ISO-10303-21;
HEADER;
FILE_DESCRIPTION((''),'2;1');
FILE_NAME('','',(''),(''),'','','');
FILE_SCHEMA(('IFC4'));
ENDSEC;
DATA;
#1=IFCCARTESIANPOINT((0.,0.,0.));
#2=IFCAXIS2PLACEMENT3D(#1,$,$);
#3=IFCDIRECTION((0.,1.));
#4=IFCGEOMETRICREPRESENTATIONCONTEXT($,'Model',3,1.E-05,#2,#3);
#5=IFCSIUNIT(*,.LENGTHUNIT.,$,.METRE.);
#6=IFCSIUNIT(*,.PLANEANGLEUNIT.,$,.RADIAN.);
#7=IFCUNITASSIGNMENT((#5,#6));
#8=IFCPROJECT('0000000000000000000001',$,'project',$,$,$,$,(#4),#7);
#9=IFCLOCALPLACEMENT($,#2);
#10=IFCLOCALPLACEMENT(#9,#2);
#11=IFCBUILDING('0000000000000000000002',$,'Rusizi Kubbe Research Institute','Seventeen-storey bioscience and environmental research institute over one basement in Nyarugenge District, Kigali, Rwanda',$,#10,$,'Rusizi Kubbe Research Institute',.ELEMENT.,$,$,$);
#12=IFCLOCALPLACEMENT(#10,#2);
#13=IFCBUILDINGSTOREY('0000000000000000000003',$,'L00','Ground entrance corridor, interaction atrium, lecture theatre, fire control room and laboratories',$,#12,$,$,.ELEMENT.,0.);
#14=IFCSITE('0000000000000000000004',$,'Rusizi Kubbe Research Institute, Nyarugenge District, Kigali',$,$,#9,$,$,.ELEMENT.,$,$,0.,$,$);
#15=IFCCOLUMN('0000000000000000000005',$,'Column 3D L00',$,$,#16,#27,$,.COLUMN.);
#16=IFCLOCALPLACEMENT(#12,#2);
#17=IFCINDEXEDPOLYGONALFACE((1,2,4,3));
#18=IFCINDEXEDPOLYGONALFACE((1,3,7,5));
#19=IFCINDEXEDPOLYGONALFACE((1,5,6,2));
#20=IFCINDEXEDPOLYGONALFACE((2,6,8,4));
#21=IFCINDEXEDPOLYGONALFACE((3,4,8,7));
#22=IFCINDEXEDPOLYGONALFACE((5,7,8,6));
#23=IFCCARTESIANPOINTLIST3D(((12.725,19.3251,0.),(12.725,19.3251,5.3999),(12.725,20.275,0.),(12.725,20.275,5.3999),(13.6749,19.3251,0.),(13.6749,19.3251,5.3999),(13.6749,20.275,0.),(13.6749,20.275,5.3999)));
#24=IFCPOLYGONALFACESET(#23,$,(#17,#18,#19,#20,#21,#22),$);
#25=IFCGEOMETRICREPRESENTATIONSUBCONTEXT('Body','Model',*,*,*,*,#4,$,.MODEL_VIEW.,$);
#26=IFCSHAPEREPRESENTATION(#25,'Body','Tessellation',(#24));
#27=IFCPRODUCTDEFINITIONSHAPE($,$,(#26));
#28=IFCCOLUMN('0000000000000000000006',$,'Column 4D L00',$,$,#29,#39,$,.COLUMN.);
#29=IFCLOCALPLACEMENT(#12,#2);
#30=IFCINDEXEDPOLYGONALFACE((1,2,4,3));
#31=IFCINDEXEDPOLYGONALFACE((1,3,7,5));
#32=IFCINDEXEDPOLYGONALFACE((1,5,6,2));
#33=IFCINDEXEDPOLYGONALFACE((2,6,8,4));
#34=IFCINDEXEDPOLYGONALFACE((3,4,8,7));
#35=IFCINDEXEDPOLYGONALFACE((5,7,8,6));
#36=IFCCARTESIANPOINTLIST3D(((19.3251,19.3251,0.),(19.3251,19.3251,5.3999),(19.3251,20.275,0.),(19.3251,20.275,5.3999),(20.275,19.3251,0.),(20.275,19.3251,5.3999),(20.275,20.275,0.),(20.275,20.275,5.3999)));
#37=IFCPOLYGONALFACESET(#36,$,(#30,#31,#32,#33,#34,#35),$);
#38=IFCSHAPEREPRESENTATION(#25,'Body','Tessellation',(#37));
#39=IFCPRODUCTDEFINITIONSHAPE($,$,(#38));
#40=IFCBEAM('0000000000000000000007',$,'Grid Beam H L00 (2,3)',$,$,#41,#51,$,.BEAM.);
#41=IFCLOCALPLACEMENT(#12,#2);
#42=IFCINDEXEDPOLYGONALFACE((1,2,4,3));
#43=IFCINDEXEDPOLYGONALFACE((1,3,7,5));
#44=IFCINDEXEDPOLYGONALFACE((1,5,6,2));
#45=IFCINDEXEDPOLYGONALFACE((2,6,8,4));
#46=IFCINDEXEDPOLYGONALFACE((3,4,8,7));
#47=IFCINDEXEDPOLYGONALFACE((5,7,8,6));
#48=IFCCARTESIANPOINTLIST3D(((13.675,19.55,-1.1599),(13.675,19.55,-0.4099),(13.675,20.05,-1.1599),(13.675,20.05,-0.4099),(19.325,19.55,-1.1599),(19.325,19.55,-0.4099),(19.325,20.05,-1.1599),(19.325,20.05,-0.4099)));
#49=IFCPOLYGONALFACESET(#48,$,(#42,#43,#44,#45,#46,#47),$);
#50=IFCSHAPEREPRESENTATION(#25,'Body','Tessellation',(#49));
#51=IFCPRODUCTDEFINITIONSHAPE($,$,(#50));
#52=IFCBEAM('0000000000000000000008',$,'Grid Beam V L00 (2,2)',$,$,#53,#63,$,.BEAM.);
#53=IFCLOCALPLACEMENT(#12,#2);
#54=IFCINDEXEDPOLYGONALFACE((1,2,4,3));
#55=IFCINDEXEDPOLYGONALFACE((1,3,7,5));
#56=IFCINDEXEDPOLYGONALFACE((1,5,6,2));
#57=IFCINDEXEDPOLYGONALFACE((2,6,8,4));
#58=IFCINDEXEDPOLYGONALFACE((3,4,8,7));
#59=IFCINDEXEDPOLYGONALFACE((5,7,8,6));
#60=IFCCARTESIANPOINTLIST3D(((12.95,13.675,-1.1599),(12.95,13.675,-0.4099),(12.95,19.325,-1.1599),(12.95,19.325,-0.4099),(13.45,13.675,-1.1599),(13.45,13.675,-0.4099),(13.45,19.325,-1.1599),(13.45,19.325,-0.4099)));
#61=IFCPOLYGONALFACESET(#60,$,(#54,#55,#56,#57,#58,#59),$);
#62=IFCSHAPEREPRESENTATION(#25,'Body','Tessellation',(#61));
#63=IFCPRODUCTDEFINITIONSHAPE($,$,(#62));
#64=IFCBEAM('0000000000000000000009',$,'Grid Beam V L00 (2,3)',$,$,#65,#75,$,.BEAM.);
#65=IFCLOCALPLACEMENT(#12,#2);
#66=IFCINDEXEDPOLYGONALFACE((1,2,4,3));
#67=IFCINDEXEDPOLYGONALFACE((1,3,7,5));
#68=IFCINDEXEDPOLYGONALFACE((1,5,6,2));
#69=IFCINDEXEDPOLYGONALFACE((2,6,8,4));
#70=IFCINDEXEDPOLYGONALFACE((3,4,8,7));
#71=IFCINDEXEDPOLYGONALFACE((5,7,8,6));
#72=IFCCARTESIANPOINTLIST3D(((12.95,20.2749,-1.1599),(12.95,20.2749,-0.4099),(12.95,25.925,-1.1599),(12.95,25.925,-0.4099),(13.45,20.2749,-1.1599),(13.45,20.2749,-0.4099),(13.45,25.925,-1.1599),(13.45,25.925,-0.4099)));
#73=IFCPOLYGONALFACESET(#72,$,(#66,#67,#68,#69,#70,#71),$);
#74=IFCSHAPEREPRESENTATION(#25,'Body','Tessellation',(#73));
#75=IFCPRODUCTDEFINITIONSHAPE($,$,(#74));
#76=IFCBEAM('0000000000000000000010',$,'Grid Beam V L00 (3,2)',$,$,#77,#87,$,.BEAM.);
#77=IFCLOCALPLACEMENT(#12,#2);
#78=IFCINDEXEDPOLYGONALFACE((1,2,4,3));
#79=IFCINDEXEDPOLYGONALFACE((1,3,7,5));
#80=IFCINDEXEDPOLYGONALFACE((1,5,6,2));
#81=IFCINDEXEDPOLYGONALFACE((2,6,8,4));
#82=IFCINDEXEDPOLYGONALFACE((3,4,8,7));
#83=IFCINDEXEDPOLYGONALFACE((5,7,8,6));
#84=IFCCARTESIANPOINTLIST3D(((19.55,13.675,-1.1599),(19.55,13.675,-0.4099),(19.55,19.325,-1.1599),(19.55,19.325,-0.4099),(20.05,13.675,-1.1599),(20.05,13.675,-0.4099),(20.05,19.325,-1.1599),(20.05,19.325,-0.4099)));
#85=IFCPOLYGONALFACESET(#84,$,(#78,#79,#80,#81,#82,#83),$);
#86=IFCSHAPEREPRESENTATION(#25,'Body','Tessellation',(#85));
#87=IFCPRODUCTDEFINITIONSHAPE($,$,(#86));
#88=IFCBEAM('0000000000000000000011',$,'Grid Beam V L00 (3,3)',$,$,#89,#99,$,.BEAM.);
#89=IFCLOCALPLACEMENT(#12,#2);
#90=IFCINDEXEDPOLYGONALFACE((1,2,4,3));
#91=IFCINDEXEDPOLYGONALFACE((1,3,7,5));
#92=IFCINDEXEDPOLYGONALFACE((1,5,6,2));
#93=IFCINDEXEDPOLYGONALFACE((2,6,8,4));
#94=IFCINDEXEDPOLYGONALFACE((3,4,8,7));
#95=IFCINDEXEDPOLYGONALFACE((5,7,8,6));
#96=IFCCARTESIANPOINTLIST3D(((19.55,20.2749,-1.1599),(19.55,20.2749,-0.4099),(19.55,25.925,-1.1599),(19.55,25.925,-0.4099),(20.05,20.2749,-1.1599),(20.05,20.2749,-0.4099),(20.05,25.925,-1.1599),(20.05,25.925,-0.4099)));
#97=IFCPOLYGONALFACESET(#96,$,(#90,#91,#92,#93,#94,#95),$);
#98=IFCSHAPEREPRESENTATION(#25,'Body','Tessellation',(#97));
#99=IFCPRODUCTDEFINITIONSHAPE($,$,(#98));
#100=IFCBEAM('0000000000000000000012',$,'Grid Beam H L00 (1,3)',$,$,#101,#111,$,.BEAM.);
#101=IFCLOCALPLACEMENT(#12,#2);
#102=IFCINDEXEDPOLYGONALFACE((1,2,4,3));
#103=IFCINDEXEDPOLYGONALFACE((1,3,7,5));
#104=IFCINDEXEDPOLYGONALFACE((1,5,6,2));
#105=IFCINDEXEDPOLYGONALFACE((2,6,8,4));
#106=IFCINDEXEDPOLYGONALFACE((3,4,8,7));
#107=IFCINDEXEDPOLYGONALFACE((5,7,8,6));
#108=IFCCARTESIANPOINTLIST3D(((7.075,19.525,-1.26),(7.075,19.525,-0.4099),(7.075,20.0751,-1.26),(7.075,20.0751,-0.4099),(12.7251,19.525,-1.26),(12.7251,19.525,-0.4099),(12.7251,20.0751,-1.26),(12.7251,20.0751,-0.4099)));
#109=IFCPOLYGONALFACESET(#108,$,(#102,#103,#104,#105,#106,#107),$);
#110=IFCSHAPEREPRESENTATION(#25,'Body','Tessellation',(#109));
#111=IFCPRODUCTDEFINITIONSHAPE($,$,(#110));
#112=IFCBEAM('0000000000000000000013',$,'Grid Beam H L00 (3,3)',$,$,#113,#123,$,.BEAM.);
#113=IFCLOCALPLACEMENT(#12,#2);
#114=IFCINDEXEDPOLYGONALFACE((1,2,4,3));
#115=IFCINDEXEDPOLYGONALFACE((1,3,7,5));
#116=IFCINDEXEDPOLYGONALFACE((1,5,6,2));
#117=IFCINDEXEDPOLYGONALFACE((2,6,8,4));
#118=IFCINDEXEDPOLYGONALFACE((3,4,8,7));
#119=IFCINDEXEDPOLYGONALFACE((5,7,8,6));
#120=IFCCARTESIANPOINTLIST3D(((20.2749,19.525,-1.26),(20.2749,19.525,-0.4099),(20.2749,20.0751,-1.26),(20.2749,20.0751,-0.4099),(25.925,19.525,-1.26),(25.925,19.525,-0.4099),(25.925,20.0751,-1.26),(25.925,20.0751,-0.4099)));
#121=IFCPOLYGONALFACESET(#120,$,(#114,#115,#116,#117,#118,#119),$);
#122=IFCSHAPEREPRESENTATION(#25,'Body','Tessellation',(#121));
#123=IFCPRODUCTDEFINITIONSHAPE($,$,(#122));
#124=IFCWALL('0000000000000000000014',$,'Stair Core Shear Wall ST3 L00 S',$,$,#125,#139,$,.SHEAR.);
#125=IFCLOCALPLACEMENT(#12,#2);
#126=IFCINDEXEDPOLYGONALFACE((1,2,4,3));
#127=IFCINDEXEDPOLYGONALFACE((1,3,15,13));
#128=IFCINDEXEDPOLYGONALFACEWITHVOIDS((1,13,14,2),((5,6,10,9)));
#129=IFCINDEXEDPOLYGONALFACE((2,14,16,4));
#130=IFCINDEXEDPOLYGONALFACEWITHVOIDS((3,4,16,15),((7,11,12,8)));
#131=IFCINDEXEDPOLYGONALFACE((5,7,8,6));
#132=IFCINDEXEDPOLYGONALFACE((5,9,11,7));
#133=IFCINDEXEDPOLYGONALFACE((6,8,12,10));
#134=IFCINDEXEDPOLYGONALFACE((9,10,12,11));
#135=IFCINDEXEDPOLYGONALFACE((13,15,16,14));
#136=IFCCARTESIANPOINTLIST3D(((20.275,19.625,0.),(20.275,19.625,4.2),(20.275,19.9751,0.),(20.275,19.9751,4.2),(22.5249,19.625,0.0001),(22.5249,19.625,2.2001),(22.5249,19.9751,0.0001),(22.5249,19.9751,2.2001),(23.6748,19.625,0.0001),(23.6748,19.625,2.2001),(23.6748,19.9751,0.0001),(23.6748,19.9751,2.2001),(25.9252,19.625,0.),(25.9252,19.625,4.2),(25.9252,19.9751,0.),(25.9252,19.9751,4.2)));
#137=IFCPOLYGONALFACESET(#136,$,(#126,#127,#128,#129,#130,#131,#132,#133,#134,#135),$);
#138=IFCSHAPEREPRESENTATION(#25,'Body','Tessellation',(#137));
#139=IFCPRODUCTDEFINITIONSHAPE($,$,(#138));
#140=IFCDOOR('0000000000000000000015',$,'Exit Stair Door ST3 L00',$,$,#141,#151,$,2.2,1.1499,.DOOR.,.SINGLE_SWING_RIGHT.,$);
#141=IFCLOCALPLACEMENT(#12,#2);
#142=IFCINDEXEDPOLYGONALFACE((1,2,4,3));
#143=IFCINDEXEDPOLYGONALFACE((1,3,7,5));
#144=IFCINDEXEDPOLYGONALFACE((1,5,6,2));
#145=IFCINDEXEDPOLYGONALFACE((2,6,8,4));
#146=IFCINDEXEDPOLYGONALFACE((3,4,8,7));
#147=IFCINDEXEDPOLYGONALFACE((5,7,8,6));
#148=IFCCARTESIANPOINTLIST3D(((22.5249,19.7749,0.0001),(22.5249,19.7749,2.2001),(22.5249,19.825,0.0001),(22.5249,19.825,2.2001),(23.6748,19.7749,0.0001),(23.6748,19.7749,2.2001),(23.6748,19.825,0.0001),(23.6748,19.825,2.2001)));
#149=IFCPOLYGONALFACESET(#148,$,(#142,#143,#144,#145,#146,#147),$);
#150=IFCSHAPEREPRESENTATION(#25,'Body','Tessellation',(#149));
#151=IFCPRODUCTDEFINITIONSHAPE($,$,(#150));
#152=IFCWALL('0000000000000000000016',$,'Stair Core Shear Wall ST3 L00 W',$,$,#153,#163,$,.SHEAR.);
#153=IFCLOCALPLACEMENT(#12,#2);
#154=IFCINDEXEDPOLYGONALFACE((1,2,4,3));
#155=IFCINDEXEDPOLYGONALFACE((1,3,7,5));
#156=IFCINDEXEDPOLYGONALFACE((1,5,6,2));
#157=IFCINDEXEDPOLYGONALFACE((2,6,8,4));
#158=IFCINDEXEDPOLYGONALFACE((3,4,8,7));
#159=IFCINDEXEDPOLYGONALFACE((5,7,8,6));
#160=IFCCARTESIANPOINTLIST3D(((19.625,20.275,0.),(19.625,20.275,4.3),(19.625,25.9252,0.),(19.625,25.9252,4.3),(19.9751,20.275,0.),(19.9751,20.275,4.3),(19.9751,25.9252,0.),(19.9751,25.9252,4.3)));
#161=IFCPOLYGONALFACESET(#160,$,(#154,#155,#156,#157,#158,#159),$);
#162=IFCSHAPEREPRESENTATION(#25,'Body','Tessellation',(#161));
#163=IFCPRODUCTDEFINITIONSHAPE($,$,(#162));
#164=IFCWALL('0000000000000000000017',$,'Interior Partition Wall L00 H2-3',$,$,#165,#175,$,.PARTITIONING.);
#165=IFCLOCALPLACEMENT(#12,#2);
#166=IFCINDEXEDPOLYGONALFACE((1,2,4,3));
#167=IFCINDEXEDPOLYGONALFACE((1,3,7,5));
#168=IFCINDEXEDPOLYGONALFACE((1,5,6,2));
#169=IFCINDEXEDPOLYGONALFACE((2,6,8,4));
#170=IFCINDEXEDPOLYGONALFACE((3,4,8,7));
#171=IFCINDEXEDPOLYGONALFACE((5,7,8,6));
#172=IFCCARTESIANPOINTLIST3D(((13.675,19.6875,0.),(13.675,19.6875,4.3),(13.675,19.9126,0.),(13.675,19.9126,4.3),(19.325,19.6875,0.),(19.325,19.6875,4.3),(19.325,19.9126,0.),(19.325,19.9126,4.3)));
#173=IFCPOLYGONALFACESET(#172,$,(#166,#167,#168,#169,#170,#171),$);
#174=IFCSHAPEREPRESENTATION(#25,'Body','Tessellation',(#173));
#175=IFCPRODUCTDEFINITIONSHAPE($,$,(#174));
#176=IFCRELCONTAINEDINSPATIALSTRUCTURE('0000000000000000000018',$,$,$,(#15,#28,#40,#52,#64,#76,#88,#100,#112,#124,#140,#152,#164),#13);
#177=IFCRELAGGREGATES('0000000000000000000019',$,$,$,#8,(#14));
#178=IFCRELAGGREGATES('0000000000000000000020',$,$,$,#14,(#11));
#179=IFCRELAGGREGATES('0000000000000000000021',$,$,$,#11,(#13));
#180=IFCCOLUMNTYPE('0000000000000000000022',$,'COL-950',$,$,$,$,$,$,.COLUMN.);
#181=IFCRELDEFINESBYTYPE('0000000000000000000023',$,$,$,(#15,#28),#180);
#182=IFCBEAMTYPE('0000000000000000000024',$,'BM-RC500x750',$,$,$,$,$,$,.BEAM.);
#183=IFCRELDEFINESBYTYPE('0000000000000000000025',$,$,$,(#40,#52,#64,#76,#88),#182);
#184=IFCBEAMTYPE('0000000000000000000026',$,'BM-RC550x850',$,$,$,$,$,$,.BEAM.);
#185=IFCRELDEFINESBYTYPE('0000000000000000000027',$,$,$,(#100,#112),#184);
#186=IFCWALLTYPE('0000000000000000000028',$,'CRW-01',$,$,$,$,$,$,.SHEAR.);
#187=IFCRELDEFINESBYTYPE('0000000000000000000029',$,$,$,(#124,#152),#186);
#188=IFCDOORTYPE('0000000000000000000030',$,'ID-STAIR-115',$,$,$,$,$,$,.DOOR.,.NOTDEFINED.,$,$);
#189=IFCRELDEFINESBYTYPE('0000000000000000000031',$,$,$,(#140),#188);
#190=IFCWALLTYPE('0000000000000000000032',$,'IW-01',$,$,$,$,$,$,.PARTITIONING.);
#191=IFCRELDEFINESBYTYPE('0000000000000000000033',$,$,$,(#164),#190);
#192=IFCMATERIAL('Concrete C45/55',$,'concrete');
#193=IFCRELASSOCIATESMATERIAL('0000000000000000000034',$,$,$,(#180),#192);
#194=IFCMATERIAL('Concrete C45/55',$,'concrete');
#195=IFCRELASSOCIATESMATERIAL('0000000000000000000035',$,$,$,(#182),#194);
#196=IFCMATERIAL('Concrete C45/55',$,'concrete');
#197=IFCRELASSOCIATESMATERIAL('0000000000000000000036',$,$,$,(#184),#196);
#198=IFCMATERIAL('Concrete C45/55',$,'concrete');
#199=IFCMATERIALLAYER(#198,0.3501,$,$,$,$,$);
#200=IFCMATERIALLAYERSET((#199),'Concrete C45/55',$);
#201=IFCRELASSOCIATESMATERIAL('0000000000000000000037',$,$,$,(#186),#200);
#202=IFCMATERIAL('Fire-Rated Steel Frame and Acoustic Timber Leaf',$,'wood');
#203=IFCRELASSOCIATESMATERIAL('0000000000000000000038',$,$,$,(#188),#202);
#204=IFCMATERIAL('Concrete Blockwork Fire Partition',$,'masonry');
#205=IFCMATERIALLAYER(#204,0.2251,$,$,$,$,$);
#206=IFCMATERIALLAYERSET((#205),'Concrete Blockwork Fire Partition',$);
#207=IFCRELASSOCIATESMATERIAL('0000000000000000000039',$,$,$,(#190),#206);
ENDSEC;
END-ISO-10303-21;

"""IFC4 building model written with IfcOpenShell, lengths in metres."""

from ifc_helpers import new_model, si_unit, direction, frame, frame_2d, origin, origin_2d, place, context, subcontext, project, spatial, rectangle, extrude, material, layer, layer_set, material_profile, profile_set, type_object, element, fill, save


model = new_model("IFC4")

# Units and contexts
model_context = context("Model", 3, precision=1e-05, world=origin(), true_north=direction((0.0, 1.0)))
body_context = subcontext(model_context, "Body", "Model", "MODEL_VIEW")
ifc_project = project(units=[si_unit("LENGTHUNIT", "METRE"), si_unit("PLANEANGLEUNIT", "RADIAN")], contexts=[model_context])

# Site, building, storey
site_placement = place(None, origin())
site = spatial("IfcSite", under=ifc_project, at=site_placement, Name="Rusizi Kubbe Research Institute, Nyarugenge District, Kigali", CompositionType="ELEMENT", RefElevation=0.0)
building_placement = place(site_placement, origin())
building = spatial("IfcBuilding", under=site, at=building_placement, Name="Rusizi Kubbe Research Institute", Description="Seventeen-storey bioscience and environmental research institute over one basement in Nyarugenge District, Kigali, Rwanda", LongName="Rusizi Kubbe Research Institute", CompositionType="ELEMENT")
storey_placement = place(building_placement, origin())
storey = spatial("IfcBuildingStorey", under=building, at=storey_placement, Name="L00", Description="Ground entrance corridor, interaction atrium, lecture theatre, fire control room and laboratories", CompositionType="ELEMENT", Elevation=0.0)

# Columns
ifc_material_1 = material(Name="Concrete C45/55", Category="concrete")
ifc_material_profile_1 = material_profile(ifc_material_1, rectangle(XDim=0.95, YDim=0.95, at=origin_2d()), Name="RC950x950")
ifc_profile_set_1 = profile_set([ifc_material_profile_1], Name="Concrete C45/55")
column_type = type_object("IfcColumnType", Name="COL-950", PredefinedType="COLUMN", material=ifc_profile_set_1)
for number, where, z_axis, x_axis, name in (
    (1, (13.2, 19.8, 0.0), (0.0, 0.0, 1.0), (1.0, 0.0, 0.0), "Column 3D L00"),
    (2, (19.8, 19.8, 0.0), (0.0, 0.0, 1.0), (1.0, 0.0, 0.0), "Column 4D L00"),
):
    element("IfcColumn", number, at=place(storey_placement, frame(where, z_axis=z_axis, x_axis=x_axis)), inside=storey, type_object=column_type, Name=name, PredefinedType="COLUMN", context=body_context, shape_type="SweptSolid", body=[
        extrude(rectangle(XDim=0.95, YDim=0.95, at=origin_2d()), origin(), (0.0, 0.0, 1.0), 5.3999),
    ])

# Beams
ifc_material_2 = material(Name="Concrete C45/55", Category="concrete")
ifc_material_profile_2 = material_profile(ifc_material_2, rectangle(XDim=0.5, YDim=0.75, at=origin_2d()), Name="RC500x750B")
ifc_profile_set_2 = profile_set([ifc_material_profile_2], Name="Concrete C45/55")
beam_type_1 = type_object("IfcBeamType", Name="BM-RC500x750", PredefinedType="BEAM", material=ifc_profile_set_2)
for number, where, z_axis, x_axis, name in (
    (3, (13.675, 19.8, -0.7849), (1.0, 0.0, 0.0), (0.0, 1.0, 0.0), "Grid Beam H L00 (2,3)"),
    (4, (13.2, 13.675, -0.7849), (0.0, 1.0, 0.0), (-1.0, 0.0, 0.0), "Grid Beam V L00 (2,2)"),
):
    element("IfcBeam", number, at=place(storey_placement, frame(where, z_axis=z_axis, x_axis=x_axis)), inside=storey, type_object=beam_type_1, Name=name, PredefinedType="BEAM", context=body_context, shape_type="SweptSolid", body=[
        extrude(rectangle(XDim=0.5, YDim=0.75, at=origin_2d()), origin(), (0.0, 0.0, 1.0), 5.6499),
    ])
beam_1_placement = place(storey_placement, frame((13.2, 20.2749, -0.7849), z_axis=(0.0, 1.0, 0.0), x_axis=(-1.0, 0.0, 0.0)))
element("IfcBeam", 5, at=beam_1_placement, inside=storey, type_object=beam_type_1, Name="Grid Beam V L00 (2,3)", PredefinedType="BEAM", context=body_context, shape_type="SweptSolid", body=[
    extrude(rectangle(XDim=0.5, YDim=0.75, at=origin_2d()), origin(), (0.0, 0.0, 1.0), 5.6501),
])
beam_2_placement = place(storey_placement, frame((19.8, 13.675, -0.7849), z_axis=(0.0, 1.0, 0.0), x_axis=(-1.0, 0.0, 0.0)))
element("IfcBeam", 6, at=beam_2_placement, inside=storey, type_object=beam_type_1, Name="Grid Beam V L00 (3,2)", PredefinedType="BEAM", context=body_context, shape_type="SweptSolid", body=[
    extrude(rectangle(XDim=0.5, YDim=0.75, at=origin_2d()), origin(), (0.0, 0.0, 1.0), 5.6499),
])
beam_3_placement = place(storey_placement, frame((19.8, 20.2749, -0.7849), z_axis=(0.0, 1.0, 0.0), x_axis=(-1.0, 0.0, 0.0)))
element("IfcBeam", 7, at=beam_3_placement, inside=storey, type_object=beam_type_1, Name="Grid Beam V L00 (3,3)", PredefinedType="BEAM", context=body_context, shape_type="SweptSolid", body=[
    extrude(rectangle(XDim=0.5, YDim=0.75, at=origin_2d()), origin(), (0.0, 0.0, 1.0), 5.6501),
])
ifc_material_3 = material(Name="Concrete C45/55", Category="concrete")
ifc_material_profile_3 = material_profile(ifc_material_3, rectangle(XDim=0.55, YDim=0.8501, at=origin_2d()), Name="RC550x850")
ifc_profile_set_3 = profile_set([ifc_material_profile_3], Name="Concrete C45/55")
beam_type_2 = type_object("IfcBeamType", Name="BM-RC550x850", PredefinedType="BEAM", material=ifc_profile_set_3)
for number, where, z_axis, x_axis, name in (
    (8, (7.075, 19.8, -0.835), (1.0, 0.0, 0.0), (0.0, 1.0, 0.0), "Grid Beam H L00 (1,3)"),
    (9, (20.2749, 19.8, -0.835), (1.0, 0.0, 0.0), (0.0, 1.0, 0.0), "Grid Beam H L00 (3,3)"),
):
    element("IfcBeam", number, at=place(storey_placement, frame(where, z_axis=z_axis, x_axis=x_axis)), inside=storey, type_object=beam_type_2, Name=name, PredefinedType="BEAM", context=body_context, shape_type="SweptSolid", body=[
        extrude(rectangle(XDim=0.55, YDim=0.8501, at=origin_2d()), origin(), (0.0, 0.0, 1.0), 5.6501),
    ])

# Wall, opening, door
ifc_material_4 = material(Name="Concrete C45/55", Category="concrete")
ifc_layer_1 = layer(ifc_material_4, 0.3501)
ifc_layer_set_1 = layer_set([ifc_layer_1], Name="Concrete C45/55")
wall_type_1 = type_object("IfcWallType", Name="CRW-01", PredefinedType="SHEAR", material=ifc_layer_set_1)
wall_1_placement = place(storey_placement, frame((20.2749, 19.8, 0.0), z_axis=(0.0, 0.0, 1.0), x_axis=(1.0, 0.0, 0.0)))
wall_1 = element("IfcWall", 10, at=wall_1_placement, inside=storey, type_object=wall_type_1, Name="Stair Core Shear Wall ST3 L00 S", PredefinedType="SHEAR", context=body_context, shape_type="SweptSolid", body=[
    extrude(rectangle(XDim=5.6501, YDim=0.3501, at=frame_2d((2.8252, 0.0))), origin(), (0.0, 0.0, 1.0), 4.2),
])
opening_1_placement = place(wall_1_placement, frame((2.25, 0.0, 0.0)))
opening_1 = element("IfcOpeningElement", 11, at=opening_1_placement, cuts=wall_1, PredefinedType="OPENING", context=body_context, shape_type="SweptSolid", body=[
    extrude(rectangle(XDim=1.1499, YDim=2.2, at=frame_2d((0.575, 1.1001))), frame((0.0, 0.1851, 0.0), z_axis=(0.0, -1.0, 0.0), x_axis=(1.0, 0.0, 0.0)), (0.0, 0.0, 1.0), 0.3701),
])
ifc_material_5 = material(Name="Fire-Rated Steel Frame and Acoustic Timber Leaf", Category="wood")
door_type_1 = type_object("IfcDoorType", Name="ID-STAIR-115", OperationType="NOTDEFINED", PredefinedType="DOOR", material=ifc_material_5)
door_1_placement = place(opening_1_placement, origin())
door_1 = element("IfcDoor", 12, at=door_1_placement, inside=storey, type_object=door_type_1, Name="Exit Stair Door ST3 L00", OperationType="SINGLE_SWING_RIGHT", OverallHeight=2.2, OverallWidth=1.1499, PredefinedType="DOOR", context=body_context, shape_type="SweptSolid", body=[
    extrude(rectangle(XDim=1.1499, YDim=2.2, at=frame_2d((0.575, 1.1001))), frame((0.0, 0.0249, 0.0), z_axis=(0.0, -1.0, 0.0), x_axis=(1.0, 0.0, 0.0)), (0.0, 0.0, 1.0), 0.05),
])
fill(opening_1, door_1)

# Walls
wall_2_placement = place(storey_placement, frame((19.8, 20.2749, 0.0), z_axis=(0.0, 0.0, 1.0), x_axis=(0.0, 1.0, 0.0)))
element("IfcWall", 13, at=wall_2_placement, inside=storey, type_object=wall_type_1, Name="Stair Core Shear Wall ST3 L00 W", PredefinedType="SHEAR", context=body_context, shape_type="SweptSolid", body=[
    extrude(rectangle(XDim=5.6501, YDim=0.3501, at=frame_2d((2.8252, 0.0))), origin(), (0.0, 0.0, 1.0), 4.3),
])
ifc_material_6 = material(Name="Concrete Blockwork Fire Partition", Category="masonry")
ifc_layer_2 = layer(ifc_material_6, 0.2251)
ifc_layer_set_2 = layer_set([ifc_layer_2], Name="Concrete Blockwork Fire Partition")
wall_type_2 = type_object("IfcWallType", Name="IW-01", PredefinedType="PARTITIONING", material=ifc_layer_set_2)
wall_3_placement = place(storey_placement, frame((13.675, 19.8, 0.0), z_axis=(0.0, 0.0, 1.0), x_axis=(1.0, 0.0, 0.0)))
element("IfcWall", 14, at=wall_3_placement, inside=storey, type_object=wall_type_2, Name="Interior Partition Wall L00 H2-3", PredefinedType="PARTITIONING", context=body_context, shape_type="SweptSolid", body=[
    extrude(rectangle(XDim=5.6499, YDim=0.2251, at=frame_2d((2.825, 0.0))), origin(), (0.0, 0.0, 1.0), 4.3),
])

save(model, "model.ifc")
